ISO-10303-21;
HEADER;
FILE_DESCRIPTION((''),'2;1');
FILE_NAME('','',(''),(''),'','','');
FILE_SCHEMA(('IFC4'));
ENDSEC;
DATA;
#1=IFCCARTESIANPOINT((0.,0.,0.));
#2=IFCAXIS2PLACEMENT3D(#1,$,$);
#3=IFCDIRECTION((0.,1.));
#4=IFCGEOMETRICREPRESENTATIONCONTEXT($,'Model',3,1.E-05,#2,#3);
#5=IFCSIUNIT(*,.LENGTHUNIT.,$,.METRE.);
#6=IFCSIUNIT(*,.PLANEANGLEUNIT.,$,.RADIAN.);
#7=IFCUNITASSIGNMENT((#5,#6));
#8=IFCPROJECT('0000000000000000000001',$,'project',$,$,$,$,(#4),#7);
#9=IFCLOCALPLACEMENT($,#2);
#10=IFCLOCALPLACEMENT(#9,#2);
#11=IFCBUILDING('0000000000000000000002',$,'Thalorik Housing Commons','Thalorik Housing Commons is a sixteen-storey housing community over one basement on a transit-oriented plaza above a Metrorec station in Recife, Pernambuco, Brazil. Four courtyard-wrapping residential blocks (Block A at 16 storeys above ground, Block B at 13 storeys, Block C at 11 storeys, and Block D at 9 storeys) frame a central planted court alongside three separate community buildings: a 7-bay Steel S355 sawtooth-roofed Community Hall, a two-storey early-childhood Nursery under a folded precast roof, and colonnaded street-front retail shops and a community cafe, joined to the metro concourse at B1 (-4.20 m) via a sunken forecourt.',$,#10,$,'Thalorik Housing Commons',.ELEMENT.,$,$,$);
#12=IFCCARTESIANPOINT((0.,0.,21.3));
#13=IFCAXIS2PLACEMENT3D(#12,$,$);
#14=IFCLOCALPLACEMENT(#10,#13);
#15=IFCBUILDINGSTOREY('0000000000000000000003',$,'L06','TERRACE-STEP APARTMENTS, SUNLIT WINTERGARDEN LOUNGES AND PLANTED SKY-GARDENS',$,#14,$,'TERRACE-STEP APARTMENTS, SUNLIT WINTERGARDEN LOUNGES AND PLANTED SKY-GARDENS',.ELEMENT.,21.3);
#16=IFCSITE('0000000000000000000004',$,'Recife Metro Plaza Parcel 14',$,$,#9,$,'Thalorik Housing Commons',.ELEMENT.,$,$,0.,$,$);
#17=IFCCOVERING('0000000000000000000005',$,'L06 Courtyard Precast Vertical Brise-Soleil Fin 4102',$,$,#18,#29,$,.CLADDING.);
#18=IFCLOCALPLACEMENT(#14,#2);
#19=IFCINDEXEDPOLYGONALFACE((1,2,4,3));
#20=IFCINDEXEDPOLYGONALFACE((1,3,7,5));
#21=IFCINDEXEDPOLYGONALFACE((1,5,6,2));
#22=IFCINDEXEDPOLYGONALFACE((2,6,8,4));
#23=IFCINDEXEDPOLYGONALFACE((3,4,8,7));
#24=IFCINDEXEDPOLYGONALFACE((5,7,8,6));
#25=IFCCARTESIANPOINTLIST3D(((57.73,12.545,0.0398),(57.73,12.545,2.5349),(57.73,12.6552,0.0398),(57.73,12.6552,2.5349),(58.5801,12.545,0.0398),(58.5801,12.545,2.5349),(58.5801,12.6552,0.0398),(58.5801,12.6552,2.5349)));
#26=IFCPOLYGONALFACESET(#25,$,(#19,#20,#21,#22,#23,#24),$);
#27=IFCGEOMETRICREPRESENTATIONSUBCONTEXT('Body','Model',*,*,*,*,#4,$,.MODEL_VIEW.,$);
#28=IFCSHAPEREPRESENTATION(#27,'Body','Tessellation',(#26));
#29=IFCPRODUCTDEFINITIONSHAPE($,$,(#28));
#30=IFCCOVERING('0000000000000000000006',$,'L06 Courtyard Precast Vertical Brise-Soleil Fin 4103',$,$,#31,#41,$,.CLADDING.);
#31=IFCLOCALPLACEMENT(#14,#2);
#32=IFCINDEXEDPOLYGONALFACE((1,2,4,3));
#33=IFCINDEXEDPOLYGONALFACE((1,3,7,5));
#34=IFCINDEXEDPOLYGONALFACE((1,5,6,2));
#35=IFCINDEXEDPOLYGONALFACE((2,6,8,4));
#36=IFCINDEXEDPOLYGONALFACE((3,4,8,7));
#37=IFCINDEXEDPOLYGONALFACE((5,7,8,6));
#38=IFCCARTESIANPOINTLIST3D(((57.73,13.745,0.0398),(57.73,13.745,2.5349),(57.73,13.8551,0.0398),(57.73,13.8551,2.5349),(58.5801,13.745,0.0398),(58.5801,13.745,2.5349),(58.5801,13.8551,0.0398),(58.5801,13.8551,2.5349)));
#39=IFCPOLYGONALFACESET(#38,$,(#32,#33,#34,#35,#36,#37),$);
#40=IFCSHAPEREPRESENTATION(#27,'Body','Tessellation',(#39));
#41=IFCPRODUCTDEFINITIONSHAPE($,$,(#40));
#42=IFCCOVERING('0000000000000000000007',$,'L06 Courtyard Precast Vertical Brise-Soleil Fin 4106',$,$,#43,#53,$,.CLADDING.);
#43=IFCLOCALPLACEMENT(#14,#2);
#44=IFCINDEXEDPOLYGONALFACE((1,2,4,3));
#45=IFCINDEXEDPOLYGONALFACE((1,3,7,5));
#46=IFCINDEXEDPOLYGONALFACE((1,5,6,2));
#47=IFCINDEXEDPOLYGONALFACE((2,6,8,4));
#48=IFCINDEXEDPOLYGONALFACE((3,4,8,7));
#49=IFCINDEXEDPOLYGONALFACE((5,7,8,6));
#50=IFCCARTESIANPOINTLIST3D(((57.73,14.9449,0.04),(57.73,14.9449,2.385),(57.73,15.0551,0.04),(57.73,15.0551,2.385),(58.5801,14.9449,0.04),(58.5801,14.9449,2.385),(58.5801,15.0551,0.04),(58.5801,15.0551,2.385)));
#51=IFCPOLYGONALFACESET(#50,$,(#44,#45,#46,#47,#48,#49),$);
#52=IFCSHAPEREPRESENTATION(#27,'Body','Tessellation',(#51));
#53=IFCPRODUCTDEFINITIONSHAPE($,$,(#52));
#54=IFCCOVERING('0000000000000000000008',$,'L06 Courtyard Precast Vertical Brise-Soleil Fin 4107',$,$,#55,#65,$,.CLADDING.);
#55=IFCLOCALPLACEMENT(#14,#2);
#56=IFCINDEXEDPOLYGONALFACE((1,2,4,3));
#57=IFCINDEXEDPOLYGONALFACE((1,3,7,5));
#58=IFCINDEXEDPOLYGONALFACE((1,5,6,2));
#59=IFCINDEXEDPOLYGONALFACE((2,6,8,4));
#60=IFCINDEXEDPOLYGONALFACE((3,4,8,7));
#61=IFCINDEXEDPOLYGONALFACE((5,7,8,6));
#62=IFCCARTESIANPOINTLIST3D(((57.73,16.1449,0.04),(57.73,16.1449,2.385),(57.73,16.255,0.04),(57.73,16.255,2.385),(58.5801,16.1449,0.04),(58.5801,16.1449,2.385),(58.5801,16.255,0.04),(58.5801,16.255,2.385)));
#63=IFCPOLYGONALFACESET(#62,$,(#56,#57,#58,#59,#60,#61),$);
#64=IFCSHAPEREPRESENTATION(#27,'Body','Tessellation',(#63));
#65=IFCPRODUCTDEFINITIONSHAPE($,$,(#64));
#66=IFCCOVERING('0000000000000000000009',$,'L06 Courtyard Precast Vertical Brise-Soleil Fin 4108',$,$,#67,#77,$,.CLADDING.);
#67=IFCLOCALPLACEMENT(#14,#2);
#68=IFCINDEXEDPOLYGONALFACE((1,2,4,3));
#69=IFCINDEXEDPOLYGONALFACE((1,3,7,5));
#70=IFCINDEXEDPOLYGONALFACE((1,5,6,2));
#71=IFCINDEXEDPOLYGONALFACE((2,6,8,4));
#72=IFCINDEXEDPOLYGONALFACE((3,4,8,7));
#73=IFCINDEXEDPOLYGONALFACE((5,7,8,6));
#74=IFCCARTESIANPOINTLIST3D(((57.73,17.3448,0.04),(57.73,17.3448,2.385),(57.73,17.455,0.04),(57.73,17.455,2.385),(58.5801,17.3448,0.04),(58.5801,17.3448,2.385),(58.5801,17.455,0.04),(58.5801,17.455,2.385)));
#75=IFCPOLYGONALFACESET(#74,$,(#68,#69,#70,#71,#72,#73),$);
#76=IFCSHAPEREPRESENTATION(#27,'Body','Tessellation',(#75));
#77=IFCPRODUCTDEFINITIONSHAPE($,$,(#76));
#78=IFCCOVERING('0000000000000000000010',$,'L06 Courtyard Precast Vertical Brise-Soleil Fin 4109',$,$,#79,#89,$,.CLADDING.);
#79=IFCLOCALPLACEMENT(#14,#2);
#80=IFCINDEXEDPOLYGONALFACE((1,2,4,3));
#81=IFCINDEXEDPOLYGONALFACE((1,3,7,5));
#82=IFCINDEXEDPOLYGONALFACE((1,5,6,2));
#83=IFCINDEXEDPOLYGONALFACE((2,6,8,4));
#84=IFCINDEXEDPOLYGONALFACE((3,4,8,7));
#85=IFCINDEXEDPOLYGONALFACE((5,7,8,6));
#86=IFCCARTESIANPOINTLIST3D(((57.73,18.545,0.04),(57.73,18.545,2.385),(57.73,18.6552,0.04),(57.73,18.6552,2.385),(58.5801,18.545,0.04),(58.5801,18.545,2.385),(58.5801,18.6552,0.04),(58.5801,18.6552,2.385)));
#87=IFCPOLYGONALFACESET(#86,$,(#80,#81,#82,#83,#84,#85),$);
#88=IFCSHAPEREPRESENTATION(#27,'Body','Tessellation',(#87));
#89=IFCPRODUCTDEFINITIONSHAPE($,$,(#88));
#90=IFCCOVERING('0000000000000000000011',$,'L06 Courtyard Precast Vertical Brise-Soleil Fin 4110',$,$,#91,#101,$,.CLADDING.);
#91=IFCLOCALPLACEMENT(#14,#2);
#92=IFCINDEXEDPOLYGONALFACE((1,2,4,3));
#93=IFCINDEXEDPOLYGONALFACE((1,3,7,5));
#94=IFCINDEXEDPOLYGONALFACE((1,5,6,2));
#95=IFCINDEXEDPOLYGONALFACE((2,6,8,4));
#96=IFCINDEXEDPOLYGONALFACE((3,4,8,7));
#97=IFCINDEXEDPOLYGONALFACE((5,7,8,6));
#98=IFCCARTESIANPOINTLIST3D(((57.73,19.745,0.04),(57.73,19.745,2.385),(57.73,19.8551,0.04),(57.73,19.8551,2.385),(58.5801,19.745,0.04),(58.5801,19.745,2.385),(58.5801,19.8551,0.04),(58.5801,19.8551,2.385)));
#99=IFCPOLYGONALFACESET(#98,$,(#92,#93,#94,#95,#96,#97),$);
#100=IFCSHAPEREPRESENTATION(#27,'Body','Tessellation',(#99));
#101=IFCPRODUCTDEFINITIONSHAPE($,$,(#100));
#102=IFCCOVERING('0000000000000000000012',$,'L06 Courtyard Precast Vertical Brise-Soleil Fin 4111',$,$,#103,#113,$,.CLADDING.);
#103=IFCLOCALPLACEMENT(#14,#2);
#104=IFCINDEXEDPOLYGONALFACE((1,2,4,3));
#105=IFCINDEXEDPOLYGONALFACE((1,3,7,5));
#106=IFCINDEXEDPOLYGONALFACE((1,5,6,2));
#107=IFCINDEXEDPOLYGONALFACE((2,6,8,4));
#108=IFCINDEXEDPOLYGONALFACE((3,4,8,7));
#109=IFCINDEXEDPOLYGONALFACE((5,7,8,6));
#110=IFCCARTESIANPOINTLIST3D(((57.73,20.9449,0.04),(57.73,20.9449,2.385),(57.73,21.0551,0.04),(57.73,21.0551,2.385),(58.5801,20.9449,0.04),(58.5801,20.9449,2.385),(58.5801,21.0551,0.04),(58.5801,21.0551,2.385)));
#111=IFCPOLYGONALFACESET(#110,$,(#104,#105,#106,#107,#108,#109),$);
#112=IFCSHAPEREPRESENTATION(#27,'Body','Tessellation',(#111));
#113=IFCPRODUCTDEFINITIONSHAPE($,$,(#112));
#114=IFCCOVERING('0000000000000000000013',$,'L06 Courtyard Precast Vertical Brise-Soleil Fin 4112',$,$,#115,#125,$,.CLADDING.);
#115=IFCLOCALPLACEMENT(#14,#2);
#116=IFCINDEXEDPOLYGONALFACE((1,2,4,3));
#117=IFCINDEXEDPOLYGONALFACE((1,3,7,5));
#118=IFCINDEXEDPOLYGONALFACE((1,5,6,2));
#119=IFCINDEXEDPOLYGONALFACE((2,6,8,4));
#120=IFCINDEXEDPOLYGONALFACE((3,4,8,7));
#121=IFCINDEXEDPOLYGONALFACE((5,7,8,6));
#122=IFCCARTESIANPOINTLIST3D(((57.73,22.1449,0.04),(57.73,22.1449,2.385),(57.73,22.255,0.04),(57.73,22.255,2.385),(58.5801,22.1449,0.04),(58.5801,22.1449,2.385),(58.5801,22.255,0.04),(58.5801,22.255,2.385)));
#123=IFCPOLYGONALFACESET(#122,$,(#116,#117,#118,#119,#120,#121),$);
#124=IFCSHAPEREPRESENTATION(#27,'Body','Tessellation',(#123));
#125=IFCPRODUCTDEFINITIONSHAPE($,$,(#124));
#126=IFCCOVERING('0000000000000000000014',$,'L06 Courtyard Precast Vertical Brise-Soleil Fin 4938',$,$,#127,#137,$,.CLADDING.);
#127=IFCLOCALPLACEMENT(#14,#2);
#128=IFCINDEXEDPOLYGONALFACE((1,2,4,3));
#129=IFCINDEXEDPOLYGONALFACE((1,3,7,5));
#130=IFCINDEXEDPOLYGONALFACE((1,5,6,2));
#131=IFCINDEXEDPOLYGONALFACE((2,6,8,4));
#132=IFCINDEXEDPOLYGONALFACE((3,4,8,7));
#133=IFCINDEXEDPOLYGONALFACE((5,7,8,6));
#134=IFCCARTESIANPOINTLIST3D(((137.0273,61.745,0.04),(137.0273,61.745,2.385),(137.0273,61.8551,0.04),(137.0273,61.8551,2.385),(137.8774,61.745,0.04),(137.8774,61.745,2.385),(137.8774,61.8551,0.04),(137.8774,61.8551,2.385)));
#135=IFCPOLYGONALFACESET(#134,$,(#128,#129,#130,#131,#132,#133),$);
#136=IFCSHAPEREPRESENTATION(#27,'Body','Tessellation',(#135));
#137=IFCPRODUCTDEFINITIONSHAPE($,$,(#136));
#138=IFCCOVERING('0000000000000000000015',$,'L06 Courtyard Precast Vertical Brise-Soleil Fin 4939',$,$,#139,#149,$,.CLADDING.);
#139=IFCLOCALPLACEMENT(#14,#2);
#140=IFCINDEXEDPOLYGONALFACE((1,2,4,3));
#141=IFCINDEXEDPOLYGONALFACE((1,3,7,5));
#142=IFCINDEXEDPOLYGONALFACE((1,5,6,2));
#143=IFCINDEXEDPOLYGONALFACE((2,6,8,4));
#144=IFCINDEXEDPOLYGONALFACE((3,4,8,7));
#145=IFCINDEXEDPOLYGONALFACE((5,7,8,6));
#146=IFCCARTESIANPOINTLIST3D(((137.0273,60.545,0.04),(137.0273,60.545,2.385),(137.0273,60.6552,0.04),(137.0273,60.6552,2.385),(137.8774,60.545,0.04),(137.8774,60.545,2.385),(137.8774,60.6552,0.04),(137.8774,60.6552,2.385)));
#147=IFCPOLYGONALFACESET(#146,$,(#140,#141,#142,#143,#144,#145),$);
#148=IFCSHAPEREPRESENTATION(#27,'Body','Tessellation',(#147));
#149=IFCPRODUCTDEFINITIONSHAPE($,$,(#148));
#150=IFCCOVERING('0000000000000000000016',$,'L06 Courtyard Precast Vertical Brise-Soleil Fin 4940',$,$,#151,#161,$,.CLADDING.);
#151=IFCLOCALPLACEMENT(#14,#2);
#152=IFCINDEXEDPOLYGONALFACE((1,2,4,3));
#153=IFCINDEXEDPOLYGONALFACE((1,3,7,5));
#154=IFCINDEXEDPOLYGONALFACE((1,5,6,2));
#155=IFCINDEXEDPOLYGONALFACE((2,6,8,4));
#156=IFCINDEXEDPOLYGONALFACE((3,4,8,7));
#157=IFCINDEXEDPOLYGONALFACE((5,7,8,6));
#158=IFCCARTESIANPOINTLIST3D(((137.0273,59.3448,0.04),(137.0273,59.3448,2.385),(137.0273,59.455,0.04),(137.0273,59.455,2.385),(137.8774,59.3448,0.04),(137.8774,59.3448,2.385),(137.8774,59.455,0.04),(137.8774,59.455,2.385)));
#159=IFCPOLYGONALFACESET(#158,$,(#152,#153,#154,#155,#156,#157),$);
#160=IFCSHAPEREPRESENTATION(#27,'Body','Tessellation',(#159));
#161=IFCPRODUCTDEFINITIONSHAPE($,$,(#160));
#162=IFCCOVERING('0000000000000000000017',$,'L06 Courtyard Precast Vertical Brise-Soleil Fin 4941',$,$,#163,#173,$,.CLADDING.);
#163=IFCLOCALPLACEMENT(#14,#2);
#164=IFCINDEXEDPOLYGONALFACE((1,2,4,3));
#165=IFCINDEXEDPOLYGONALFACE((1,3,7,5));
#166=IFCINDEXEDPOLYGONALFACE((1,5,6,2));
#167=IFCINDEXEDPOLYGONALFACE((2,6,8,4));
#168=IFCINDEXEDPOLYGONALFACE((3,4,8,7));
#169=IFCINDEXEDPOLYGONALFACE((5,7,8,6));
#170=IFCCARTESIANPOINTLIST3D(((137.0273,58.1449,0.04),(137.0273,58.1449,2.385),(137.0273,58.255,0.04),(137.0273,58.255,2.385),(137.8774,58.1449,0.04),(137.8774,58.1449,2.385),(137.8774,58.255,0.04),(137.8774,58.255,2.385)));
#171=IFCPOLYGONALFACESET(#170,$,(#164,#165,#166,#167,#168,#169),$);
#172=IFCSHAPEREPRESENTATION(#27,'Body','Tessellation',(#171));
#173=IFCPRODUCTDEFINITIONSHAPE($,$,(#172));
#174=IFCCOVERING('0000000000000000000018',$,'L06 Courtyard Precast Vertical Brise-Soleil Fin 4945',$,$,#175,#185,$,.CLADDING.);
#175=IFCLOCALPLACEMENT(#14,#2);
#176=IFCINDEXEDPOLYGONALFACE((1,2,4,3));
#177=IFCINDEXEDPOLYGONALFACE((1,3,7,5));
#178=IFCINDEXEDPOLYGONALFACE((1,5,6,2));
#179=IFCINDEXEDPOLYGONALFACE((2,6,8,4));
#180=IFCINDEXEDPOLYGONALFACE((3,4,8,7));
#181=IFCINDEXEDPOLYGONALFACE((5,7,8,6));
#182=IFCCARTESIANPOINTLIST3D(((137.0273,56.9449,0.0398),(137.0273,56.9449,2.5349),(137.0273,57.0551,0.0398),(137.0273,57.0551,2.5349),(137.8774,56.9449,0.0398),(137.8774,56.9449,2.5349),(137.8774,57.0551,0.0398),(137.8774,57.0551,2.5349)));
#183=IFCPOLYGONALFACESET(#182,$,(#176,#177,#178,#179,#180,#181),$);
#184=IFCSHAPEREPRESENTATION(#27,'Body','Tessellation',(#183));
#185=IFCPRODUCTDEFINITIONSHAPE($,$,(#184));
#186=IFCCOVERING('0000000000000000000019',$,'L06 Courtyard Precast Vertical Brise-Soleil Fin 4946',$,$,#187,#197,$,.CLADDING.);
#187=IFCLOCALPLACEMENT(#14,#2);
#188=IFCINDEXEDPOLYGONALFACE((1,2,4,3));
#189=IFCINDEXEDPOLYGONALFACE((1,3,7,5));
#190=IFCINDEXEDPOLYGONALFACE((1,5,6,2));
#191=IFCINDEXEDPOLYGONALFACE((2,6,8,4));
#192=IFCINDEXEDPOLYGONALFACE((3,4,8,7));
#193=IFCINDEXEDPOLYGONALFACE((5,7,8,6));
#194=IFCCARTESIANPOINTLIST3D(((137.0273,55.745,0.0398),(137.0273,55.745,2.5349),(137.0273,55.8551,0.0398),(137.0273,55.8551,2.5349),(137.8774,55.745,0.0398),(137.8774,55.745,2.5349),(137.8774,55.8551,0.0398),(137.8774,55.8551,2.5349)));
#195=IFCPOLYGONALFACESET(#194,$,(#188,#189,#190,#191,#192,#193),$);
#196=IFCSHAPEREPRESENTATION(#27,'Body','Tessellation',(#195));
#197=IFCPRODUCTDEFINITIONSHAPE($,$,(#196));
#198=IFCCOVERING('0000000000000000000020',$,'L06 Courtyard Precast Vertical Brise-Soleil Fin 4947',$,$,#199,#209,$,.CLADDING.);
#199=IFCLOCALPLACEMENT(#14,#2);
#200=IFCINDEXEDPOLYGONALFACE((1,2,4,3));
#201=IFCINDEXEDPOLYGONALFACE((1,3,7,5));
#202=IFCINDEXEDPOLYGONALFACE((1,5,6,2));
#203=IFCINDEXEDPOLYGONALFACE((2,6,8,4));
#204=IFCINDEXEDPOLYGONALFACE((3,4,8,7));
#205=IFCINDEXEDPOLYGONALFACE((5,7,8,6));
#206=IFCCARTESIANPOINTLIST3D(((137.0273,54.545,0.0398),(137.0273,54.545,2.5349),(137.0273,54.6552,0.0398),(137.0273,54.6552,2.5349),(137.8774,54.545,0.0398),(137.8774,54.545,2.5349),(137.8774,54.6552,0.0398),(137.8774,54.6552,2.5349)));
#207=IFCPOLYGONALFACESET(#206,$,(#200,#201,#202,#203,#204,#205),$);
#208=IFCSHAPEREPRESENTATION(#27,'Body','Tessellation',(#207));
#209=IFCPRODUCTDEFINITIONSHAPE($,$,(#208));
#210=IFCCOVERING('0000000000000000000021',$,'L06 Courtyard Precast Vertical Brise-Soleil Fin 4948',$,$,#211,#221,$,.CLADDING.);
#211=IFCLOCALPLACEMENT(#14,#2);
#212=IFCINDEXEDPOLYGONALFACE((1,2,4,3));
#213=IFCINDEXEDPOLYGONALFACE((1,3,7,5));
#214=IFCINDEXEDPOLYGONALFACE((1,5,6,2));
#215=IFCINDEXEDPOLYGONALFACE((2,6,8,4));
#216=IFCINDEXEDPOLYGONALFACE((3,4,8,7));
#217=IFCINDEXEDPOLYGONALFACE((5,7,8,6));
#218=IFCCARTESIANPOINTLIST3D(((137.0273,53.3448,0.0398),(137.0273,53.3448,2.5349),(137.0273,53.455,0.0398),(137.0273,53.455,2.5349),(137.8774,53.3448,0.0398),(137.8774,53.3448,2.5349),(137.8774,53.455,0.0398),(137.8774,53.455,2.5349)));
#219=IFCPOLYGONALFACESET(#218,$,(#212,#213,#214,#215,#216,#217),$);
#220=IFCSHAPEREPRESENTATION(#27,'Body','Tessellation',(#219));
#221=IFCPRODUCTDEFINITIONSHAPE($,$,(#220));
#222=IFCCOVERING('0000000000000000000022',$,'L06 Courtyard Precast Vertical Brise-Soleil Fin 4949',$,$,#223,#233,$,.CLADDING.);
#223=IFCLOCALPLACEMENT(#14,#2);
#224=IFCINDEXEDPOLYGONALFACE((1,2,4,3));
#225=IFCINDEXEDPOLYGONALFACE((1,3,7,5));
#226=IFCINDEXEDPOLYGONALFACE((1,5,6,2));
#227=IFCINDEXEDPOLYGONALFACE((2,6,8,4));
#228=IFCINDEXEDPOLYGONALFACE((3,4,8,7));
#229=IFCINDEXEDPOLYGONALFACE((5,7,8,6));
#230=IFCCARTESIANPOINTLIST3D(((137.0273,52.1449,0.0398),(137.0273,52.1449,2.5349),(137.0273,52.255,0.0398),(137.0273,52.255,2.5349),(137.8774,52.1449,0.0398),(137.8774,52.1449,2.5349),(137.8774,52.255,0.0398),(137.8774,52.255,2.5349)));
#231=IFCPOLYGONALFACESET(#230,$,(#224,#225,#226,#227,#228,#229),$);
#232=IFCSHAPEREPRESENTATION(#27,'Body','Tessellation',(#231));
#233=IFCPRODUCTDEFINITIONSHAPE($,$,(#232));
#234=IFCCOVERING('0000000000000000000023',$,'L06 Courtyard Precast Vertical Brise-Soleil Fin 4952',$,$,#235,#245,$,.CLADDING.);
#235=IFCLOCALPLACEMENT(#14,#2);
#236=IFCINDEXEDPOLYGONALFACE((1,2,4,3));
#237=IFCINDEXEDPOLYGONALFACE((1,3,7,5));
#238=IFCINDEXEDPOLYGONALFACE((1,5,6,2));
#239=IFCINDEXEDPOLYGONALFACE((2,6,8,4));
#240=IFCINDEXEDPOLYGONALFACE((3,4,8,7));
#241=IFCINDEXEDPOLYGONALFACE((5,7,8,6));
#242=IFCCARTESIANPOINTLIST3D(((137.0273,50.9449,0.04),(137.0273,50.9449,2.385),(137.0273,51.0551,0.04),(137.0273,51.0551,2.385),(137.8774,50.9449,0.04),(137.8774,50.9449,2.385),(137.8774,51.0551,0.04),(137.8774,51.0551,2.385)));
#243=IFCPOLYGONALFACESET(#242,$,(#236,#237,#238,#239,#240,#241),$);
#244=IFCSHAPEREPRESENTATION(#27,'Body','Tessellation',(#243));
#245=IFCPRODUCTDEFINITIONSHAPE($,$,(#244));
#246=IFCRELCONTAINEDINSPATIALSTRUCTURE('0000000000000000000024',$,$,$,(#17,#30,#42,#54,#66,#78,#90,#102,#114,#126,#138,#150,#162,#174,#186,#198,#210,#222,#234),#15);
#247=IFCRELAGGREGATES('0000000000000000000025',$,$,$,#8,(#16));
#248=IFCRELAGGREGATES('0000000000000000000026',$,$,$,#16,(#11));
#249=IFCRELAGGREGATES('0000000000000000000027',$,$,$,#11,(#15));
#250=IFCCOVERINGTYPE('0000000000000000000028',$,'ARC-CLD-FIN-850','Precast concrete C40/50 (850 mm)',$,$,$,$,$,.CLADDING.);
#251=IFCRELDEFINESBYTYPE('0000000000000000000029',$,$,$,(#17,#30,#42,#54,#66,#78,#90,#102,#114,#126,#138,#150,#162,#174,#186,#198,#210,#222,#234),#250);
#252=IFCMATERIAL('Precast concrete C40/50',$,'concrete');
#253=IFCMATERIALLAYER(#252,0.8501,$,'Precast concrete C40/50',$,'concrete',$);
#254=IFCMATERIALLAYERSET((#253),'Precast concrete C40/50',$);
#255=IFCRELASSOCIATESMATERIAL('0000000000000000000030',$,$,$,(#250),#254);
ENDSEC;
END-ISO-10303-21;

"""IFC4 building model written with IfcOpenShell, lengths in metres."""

from ifc_helpers import new_model, si_unit, direction, frame, origin, origin_2d, place, context, subcontext, project, spatial, rectangle, extrude, material, layer, layer_set, type_object, element, save


model = new_model("IFC4")

# Units and contexts
model_context = context("Model", 3, precision=1e-05, world=origin(), true_north=direction((0.0, 1.0)))
body_context = subcontext(model_context, "Body", "Model", "MODEL_VIEW")
ifc_project = project(units=[si_unit("LENGTHUNIT", "METRE"), si_unit("PLANEANGLEUNIT", "RADIAN")], contexts=[model_context])

# Site, building, storey
site_placement = place(None, origin())
site = spatial("IfcSite", under=ifc_project, at=site_placement, Name="Recife Metro Plaza Parcel 14", LongName="Thalorik Housing Commons", CompositionType="ELEMENT", RefElevation=0.0)
building_placement = place(site_placement, origin())
building = spatial("IfcBuilding", under=site, at=building_placement, Name="Thalorik Housing Commons", Description="Thalorik Housing Commons is a sixteen-storey housing community over one basement on a transit-oriented plaza above a Metrorec station in Recife, Pernambuco, Brazil. Four courtyard-wrapping residential blocks (Block A at 16 storeys above ground, Block B at 13 storeys, Block C at 11 storeys, and Block D at 9 storeys) frame a central planted court alongside three separate community buildings: a 7-bay Steel S355 sawtooth-roofed Community Hall, a two-storey early-childhood Nursery under a folded precast roof, and colonnaded street-front retail shops and a community cafe, joined to the metro concourse at B1 (-4.20 m) via a sunken forecourt.", LongName="Thalorik Housing Commons", CompositionType="ELEMENT")
storey_placement = place(building_placement, frame((0.0, 0.0, 21.3)))
storey = spatial("IfcBuildingStorey", under=building, at=storey_placement, Name="L06", Description="TERRACE-STEP APARTMENTS, SUNLIT WINTERGARDEN LOUNGES AND PLANTED SKY-GARDENS", LongName="TERRACE-STEP APARTMENTS, SUNLIT WINTERGARDEN LOUNGES AND PLANTED SKY-GARDENS", CompositionType="ELEMENT", Elevation=21.3)

# Coverings
ifc_material = material(Name="Precast concrete C40/50", Category="concrete")
ifc_layer = layer(ifc_material, 0.8501, Name="Precast concrete C40/50", Category="concrete")
ifc_layer_set = layer_set([ifc_layer], Name="Precast concrete C40/50")
covering_type = type_object("IfcCoveringType", Name="ARC-CLD-FIN-850", Description="Precast concrete C40/50 (850 mm)", PredefinedType="CLADDING", material=ifc_layer_set)
for number, where, z_axis, x_axis, name in (
    (1, (58.155, 12.6001, 0.0398), (0.0, 0.0, 1.0), (0.0, 1.0, 0.0), "L06 Courtyard Precast Vertical Brise-Soleil Fin 4102"),
    (2, (58.155, 13.8, 0.0398), (0.0, 0.0, 1.0), (0.0, 1.0, 0.0), "L06 Courtyard Precast Vertical Brise-Soleil Fin 4103"),
):
    element("IfcCovering", number, at=place(storey_placement, frame(where, z_axis=z_axis, x_axis=x_axis)), inside=storey, type_object=covering_type, Name=name, PredefinedType="CLADDING", context=body_context, shape_type="SweptSolid", body=[
        extrude(rectangle(XDim=0.1101, YDim=0.8501, at=origin_2d()), origin(), (0.0, 0.0, 1.0), 2.4951),
    ])
for number, where, z_axis, x_axis, name in (
    (3, (58.155, 15.0, 0.04), (0.0, 0.0, 1.0), (0.0, 1.0, 0.0), "L06 Courtyard Precast Vertical Brise-Soleil Fin 4106"),
    (4, (58.155, 16.2, 0.04), (0.0, 0.0, 1.0), (0.0, 1.0, 0.0), "L06 Courtyard Precast Vertical Brise-Soleil Fin 4107"),
    (5, (58.155, 17.3999, 0.04), (0.0, 0.0, 1.0), (0.0, 1.0, 0.0), "L06 Courtyard Precast Vertical Brise-Soleil Fin 4108"),
    (6, (58.155, 18.6001, 0.04), (0.0, 0.0, 1.0), (0.0, 1.0, 0.0), "L06 Courtyard Precast Vertical Brise-Soleil Fin 4109"),
    (7, (58.155, 19.8, 0.04), (0.0, 0.0, 1.0), (0.0, 1.0, 0.0), "L06 Courtyard Precast Vertical Brise-Soleil Fin 4110"),
    (8, (58.155, 21.0, 0.04), (0.0, 0.0, 1.0), (0.0, 1.0, 0.0), "L06 Courtyard Precast Vertical Brise-Soleil Fin 4111"),
    (9, (58.155, 22.2, 0.04), (0.0, 0.0, 1.0), (0.0, 1.0, 0.0), "L06 Courtyard Precast Vertical Brise-Soleil Fin 4112"),
    (10, (137.4524, 61.8, 0.04), (0.0, 0.0, 1.0), (0.0, -1.0, 0.0), "L06 Courtyard Precast Vertical Brise-Soleil Fin 4938"),
    (11, (137.4524, 60.6001, 0.04), (0.0, 0.0, 1.0), (0.0, -1.0, 0.0), "L06 Courtyard Precast Vertical Brise-Soleil Fin 4939"),
    (12, (137.4524, 59.3999, 0.04), (0.0, 0.0, 1.0), (0.0, -1.0, 0.0), "L06 Courtyard Precast Vertical Brise-Soleil Fin 4940"),
    (13, (137.4524, 58.2, 0.04), (0.0, 0.0, 1.0), (0.0, -1.0, 0.0), "L06 Courtyard Precast Vertical Brise-Soleil Fin 4941"),
):
    element("IfcCovering", number, at=place(storey_placement, frame(where, z_axis=z_axis, x_axis=x_axis)), inside=storey, type_object=covering_type, Name=name, PredefinedType="CLADDING", context=body_context, shape_type="SweptSolid", body=[
        extrude(rectangle(XDim=0.1101, YDim=0.8501, at=origin_2d()), origin(), (0.0, 0.0, 1.0), 2.345),
    ])
for number, where, z_axis, x_axis, name in (
    (14, (137.4524, 57.0, 0.0398), (0.0, 0.0, 1.0), (0.0, -1.0, 0.0), "L06 Courtyard Precast Vertical Brise-Soleil Fin 4945"),
    (15, (137.4524, 55.8, 0.0398), (0.0, 0.0, 1.0), (0.0, -1.0, 0.0), "L06 Courtyard Precast Vertical Brise-Soleil Fin 4946"),
    (16, (137.4524, 54.6001, 0.0398), (0.0, 0.0, 1.0), (0.0, -1.0, 0.0), "L06 Courtyard Precast Vertical Brise-Soleil Fin 4947"),
    (17, (137.4524, 53.3999, 0.0398), (0.0, 0.0, 1.0), (0.0, -1.0, 0.0), "L06 Courtyard Precast Vertical Brise-Soleil Fin 4948"),
    (18, (137.4524, 52.2, 0.0398), (0.0, 0.0, 1.0), (0.0, -1.0, 0.0), "L06 Courtyard Precast Vertical Brise-Soleil Fin 4949"),
):
    element("IfcCovering", number, at=place(storey_placement, frame(where, z_axis=z_axis, x_axis=x_axis)), inside=storey, type_object=covering_type, Name=name, PredefinedType="CLADDING", context=body_context, shape_type="SweptSolid", body=[
        extrude(rectangle(XDim=0.1101, YDim=0.8501, at=origin_2d()), origin(), (0.0, 0.0, 1.0), 2.4951),
    ])
for number, where, z_axis, x_axis, name in (
    (19, (137.4524, 51.0, 0.04), (0.0, 0.0, 1.0), (0.0, -1.0, 0.0), "L06 Courtyard Precast Vertical Brise-Soleil Fin 4952"),
):
    element("IfcCovering", number, at=place(storey_placement, frame(where, z_axis=z_axis, x_axis=x_axis)), inside=storey, type_object=covering_type, Name=name, PredefinedType="CLADDING", context=body_context, shape_type="SweptSolid", body=[
        extrude(rectangle(XDim=0.1101, YDim=0.8501, at=origin_2d()), origin(), (0.0, 0.0, 1.0), 2.345),
    ])

save(model, "model.ifc")
